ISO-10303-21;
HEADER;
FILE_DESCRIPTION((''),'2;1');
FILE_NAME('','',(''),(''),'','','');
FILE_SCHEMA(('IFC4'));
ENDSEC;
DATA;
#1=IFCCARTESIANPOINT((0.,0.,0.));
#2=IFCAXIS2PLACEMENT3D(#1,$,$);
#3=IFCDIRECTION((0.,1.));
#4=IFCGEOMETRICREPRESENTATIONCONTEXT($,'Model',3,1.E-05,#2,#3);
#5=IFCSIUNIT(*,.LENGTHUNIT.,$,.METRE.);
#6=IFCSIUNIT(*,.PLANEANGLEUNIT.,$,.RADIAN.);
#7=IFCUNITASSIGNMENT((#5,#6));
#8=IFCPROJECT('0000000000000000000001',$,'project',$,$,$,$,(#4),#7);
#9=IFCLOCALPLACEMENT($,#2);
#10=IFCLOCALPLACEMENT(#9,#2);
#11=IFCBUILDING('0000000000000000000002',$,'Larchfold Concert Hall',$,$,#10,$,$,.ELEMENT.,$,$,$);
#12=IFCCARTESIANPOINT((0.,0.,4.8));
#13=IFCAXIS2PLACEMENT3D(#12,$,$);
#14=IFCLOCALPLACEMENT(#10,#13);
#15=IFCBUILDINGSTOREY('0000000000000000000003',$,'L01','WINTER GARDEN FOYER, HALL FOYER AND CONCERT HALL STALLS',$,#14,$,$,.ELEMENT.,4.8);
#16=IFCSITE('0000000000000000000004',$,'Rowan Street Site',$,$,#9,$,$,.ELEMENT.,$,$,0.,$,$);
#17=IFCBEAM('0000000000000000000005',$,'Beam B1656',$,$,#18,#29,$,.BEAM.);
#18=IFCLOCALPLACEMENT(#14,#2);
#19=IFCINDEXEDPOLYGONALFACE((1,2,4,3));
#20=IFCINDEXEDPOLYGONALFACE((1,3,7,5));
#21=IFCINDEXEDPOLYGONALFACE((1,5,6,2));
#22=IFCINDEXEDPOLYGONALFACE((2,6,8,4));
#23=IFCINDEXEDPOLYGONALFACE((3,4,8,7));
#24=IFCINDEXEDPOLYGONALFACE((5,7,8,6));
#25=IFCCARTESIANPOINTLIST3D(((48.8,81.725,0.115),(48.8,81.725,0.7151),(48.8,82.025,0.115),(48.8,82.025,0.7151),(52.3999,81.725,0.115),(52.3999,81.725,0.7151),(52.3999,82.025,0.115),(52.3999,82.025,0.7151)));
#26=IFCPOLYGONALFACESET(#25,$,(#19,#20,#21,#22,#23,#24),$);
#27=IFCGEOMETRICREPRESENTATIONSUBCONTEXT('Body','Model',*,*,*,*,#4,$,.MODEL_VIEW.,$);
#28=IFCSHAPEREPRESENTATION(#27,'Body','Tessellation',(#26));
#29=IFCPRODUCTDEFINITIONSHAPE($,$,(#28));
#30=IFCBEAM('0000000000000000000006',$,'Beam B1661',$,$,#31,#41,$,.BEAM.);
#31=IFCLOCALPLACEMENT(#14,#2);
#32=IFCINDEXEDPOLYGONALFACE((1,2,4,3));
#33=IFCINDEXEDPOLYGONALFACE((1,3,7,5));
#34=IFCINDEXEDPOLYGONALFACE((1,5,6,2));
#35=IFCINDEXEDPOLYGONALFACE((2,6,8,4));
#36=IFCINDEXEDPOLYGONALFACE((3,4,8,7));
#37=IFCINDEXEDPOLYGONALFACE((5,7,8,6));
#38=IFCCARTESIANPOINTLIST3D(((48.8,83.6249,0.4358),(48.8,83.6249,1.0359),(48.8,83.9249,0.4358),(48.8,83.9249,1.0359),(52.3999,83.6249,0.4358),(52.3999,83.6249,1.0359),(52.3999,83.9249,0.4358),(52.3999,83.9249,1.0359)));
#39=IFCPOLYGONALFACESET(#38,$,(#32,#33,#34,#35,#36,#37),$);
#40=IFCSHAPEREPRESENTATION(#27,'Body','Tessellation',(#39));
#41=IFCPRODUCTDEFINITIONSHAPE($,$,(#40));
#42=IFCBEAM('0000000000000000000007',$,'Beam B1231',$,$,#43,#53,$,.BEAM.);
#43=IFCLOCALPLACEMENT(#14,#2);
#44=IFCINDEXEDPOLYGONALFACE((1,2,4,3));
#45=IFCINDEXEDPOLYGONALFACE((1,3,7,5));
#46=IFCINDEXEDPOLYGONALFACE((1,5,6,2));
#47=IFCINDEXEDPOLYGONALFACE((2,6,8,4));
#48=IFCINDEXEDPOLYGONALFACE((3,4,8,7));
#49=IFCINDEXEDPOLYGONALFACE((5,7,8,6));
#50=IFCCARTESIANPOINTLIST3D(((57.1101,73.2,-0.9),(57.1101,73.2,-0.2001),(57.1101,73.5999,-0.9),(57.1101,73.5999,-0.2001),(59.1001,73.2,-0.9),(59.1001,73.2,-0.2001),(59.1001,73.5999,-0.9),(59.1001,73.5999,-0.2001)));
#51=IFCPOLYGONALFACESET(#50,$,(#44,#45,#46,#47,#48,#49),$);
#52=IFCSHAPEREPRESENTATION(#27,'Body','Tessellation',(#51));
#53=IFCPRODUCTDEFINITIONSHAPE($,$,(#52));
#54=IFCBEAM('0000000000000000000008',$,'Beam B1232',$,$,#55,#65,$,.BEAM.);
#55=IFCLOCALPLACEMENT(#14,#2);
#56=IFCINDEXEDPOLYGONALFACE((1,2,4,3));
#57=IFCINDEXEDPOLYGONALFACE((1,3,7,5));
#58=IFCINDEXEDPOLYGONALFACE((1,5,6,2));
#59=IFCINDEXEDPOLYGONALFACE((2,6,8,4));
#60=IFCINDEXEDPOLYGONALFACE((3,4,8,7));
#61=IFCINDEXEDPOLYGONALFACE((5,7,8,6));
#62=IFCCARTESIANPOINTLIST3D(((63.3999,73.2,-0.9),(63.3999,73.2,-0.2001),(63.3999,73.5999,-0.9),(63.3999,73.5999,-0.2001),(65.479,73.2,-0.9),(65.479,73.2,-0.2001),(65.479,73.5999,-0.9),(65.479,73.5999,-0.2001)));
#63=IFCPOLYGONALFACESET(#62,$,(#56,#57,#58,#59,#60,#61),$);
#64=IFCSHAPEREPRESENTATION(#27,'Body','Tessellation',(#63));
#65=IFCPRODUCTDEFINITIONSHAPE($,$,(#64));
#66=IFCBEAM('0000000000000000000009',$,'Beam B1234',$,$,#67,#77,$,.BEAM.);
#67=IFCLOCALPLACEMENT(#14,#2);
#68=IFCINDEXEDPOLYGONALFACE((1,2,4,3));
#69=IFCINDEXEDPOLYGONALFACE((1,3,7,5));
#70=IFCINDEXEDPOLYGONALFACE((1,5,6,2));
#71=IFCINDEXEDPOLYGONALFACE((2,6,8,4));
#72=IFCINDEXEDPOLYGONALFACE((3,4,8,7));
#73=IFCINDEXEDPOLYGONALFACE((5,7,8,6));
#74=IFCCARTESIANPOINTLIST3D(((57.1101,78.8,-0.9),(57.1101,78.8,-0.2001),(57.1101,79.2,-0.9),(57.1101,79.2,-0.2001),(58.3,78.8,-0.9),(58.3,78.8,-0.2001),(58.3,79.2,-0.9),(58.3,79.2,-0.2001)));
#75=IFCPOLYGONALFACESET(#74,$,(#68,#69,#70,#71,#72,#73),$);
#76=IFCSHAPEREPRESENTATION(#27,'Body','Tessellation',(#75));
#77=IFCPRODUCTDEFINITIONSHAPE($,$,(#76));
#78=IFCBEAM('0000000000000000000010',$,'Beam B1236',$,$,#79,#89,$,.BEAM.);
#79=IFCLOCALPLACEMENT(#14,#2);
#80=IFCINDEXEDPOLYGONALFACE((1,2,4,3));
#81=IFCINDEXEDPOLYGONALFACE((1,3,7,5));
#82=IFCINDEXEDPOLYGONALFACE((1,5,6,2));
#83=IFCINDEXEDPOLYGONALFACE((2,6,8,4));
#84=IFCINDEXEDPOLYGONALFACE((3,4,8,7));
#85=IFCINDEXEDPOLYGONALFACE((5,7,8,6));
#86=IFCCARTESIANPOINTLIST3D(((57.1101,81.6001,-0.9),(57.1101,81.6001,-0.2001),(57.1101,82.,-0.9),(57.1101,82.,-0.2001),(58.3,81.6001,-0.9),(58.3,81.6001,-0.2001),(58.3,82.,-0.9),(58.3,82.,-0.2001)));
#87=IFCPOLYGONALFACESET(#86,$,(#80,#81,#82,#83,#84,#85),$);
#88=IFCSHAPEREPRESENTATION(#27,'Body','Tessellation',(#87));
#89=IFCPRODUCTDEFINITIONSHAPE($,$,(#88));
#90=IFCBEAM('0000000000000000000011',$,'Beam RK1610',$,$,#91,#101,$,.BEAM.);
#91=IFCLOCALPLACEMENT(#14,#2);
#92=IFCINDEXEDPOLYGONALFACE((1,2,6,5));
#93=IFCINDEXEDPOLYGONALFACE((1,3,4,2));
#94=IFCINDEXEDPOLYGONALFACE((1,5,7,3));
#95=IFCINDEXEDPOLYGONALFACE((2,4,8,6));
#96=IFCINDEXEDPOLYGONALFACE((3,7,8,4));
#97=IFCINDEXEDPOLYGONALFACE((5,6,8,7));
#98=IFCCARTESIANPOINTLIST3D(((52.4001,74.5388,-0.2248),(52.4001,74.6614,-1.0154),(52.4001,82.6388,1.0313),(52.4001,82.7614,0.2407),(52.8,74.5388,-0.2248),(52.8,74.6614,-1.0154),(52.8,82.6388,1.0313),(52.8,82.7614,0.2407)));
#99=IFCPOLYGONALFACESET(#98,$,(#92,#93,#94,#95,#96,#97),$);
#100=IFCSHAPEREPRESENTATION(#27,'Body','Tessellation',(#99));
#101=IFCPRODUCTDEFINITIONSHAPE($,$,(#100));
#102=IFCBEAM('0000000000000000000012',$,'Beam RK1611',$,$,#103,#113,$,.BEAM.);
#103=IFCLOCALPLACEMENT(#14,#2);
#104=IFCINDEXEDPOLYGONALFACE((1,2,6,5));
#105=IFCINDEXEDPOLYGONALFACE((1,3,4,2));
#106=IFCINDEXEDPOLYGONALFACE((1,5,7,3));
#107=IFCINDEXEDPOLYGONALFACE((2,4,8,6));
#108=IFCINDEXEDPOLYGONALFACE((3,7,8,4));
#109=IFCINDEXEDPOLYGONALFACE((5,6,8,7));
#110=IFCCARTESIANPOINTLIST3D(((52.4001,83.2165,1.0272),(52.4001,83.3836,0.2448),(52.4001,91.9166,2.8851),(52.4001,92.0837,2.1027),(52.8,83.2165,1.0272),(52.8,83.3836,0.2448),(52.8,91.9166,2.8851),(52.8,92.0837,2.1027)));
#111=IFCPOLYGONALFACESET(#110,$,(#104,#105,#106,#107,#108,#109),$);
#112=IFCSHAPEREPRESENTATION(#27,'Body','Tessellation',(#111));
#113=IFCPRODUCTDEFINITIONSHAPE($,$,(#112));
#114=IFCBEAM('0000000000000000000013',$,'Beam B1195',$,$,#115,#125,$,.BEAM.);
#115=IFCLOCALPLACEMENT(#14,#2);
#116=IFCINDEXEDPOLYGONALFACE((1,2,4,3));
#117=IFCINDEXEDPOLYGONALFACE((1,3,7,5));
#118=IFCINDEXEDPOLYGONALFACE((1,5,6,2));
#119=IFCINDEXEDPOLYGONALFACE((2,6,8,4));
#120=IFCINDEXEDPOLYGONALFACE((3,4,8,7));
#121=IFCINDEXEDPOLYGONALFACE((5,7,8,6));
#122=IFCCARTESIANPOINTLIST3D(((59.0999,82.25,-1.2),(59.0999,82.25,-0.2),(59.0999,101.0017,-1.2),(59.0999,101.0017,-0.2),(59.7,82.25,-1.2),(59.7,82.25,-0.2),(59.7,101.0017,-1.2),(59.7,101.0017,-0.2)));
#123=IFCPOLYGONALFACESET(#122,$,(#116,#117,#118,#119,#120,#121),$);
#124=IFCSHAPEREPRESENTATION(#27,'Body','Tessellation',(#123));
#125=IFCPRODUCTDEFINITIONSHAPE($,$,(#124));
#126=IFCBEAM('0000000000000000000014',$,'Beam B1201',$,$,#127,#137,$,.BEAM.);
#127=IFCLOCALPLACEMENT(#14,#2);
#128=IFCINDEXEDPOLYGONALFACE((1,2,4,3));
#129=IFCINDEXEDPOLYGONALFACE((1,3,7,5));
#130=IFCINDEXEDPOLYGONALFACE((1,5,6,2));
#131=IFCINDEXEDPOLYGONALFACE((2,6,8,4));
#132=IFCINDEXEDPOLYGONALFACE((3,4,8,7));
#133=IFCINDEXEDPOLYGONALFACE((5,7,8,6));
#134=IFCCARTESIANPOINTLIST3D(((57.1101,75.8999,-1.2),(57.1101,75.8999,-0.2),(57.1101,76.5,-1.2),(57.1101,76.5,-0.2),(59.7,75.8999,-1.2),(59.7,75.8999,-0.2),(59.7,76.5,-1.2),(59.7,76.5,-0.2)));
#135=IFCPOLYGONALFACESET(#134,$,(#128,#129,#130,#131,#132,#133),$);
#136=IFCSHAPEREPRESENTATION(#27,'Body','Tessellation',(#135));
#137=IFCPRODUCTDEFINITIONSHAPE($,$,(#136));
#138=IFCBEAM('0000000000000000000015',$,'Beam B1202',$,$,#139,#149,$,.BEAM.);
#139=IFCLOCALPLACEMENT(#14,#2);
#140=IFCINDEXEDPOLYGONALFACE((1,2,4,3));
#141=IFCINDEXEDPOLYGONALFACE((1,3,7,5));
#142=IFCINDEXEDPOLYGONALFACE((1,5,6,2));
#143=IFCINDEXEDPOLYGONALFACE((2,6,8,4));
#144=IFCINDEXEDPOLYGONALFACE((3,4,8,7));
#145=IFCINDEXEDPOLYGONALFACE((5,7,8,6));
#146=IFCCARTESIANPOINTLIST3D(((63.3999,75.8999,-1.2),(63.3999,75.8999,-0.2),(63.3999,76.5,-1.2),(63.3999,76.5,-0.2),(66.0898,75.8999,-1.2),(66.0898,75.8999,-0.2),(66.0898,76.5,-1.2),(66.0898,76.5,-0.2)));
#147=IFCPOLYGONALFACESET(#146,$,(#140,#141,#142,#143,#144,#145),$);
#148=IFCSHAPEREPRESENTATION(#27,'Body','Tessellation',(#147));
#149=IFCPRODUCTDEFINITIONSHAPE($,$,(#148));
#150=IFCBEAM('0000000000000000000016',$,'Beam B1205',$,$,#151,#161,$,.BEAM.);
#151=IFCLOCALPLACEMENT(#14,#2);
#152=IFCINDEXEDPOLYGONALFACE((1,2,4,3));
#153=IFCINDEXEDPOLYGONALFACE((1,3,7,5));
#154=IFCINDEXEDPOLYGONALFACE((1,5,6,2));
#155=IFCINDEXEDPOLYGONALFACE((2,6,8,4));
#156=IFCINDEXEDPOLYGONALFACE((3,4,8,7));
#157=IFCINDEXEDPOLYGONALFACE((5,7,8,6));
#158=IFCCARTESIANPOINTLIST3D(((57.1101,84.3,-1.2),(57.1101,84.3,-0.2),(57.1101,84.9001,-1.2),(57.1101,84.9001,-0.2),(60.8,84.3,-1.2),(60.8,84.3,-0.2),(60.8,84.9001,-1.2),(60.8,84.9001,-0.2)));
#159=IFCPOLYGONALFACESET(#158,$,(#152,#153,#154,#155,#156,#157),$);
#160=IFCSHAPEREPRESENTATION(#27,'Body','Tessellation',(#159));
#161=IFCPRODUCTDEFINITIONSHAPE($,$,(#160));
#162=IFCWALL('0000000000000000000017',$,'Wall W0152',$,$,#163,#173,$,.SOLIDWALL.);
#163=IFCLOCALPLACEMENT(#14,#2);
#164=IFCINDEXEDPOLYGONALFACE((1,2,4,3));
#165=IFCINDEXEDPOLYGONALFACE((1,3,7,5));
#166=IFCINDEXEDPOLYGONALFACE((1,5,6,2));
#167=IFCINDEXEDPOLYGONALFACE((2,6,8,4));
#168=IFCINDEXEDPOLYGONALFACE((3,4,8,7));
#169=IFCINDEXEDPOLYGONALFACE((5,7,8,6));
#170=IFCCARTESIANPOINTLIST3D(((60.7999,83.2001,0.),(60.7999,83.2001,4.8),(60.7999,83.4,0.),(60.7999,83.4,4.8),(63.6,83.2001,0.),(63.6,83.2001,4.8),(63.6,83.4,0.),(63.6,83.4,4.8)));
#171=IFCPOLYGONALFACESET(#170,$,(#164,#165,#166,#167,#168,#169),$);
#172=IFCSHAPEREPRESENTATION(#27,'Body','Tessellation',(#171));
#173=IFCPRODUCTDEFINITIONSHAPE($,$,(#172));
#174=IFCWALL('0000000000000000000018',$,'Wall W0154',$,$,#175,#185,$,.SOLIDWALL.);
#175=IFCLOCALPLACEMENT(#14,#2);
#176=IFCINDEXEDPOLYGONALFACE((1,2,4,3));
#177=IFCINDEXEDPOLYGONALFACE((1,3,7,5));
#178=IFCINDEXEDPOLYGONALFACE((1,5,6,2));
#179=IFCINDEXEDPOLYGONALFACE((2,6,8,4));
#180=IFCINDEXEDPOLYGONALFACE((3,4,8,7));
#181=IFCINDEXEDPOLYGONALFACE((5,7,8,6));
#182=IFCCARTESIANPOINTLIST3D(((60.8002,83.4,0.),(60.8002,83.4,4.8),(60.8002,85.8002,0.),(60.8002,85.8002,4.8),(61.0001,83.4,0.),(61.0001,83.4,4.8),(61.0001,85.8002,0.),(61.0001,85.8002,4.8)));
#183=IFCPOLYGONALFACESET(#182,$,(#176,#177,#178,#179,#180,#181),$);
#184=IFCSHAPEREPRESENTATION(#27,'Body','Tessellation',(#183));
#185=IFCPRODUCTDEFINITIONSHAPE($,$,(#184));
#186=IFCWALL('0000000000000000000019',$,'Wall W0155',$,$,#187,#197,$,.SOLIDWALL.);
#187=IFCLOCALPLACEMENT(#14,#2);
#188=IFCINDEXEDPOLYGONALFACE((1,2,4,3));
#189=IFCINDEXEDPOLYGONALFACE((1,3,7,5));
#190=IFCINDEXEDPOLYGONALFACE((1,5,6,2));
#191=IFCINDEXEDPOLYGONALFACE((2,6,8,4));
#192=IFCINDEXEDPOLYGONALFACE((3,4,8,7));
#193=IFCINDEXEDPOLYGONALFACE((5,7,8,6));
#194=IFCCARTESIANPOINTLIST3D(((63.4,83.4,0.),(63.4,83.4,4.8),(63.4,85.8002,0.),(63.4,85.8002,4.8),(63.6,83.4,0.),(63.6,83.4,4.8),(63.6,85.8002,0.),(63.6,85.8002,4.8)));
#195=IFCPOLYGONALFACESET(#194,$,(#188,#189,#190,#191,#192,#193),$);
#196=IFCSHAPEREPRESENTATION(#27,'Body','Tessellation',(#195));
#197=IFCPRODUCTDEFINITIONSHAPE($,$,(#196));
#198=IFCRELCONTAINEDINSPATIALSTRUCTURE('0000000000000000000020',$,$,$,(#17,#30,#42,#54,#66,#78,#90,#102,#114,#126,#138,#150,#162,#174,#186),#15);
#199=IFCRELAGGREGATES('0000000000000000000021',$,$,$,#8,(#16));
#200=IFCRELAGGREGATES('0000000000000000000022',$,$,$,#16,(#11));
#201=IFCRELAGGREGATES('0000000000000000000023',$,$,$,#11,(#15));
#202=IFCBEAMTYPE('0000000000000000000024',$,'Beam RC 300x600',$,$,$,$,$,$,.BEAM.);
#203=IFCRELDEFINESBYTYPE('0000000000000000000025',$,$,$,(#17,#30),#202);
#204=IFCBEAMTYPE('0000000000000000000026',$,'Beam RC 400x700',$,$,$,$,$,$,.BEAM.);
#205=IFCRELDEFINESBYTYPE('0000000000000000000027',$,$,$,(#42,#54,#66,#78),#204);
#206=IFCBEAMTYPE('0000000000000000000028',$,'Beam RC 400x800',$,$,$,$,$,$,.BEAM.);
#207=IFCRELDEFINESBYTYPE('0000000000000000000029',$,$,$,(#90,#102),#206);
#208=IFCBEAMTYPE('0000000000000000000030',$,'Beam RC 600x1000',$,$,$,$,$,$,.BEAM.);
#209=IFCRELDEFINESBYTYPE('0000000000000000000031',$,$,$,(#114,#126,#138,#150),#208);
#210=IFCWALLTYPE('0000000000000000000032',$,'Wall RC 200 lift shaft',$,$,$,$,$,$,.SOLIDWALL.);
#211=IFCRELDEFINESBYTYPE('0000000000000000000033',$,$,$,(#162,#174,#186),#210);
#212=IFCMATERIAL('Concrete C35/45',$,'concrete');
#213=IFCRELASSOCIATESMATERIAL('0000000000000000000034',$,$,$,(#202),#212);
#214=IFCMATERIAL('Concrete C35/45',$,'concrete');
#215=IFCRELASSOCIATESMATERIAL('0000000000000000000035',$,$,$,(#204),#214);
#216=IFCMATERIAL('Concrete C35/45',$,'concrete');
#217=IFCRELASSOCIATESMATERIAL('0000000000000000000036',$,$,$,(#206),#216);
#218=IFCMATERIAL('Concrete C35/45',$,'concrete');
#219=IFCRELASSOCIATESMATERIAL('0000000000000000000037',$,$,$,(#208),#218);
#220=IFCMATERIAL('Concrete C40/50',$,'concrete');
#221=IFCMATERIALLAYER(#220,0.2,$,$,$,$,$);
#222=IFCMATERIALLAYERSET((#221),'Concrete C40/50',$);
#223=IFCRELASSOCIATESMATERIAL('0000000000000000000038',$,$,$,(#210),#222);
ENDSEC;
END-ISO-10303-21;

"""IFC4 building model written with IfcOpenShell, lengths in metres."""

from ifc_helpers import new_model, si_unit, direction, frame, frame_2d, origin, origin_2d, place, context, subcontext, project, spatial, rectangle, extrude, material, layer, layer_set, material_profile, profile_set, type_object, element, save


model = new_model("IFC4")

# Units and contexts
model_context = context("Model", 3, precision=1e-05, world=origin(), true_north=direction((0.0, 1.0)))
body_context = subcontext(model_context, "Body", "Model", "MODEL_VIEW")
ifc_project = project(units=[si_unit("LENGTHUNIT", "METRE"), si_unit("PLANEANGLEUNIT", "RADIAN")], contexts=[model_context])

# Site, building, storey
site_placement = place(None, origin())
site = spatial("IfcSite", under=ifc_project, at=site_placement, Name="Rowan Street Site", CompositionType="ELEMENT", RefElevation=0.0)
building_placement = place(site_placement, origin())
building = spatial("IfcBuilding", under=site, at=building_placement, Name="Larchfold Concert Hall", CompositionType="ELEMENT")
storey_placement = place(building_placement, frame((0.0, 0.0, 4.8)))
storey = spatial("IfcBuildingStorey", under=building, at=storey_placement, Name="L01", Description="WINTER GARDEN FOYER, HALL FOYER AND CONCERT HALL STALLS", CompositionType="ELEMENT", Elevation=4.8)

# Beams
ifc_material_1 = material(Name="Concrete C35/45", Category="concrete")
ifc_material_profile_1 = material_profile(ifc_material_1, rectangle(XDim=0.3, YDim=0.6001, at=origin_2d()))
ifc_profile_set_1 = profile_set([ifc_material_profile_1], Name="Concrete C35/45")
beam_type_1 = type_object("IfcBeamType", Name="Beam RC 300x600", PredefinedType="BEAM", material=ifc_profile_set_1)
for number, where, z_axis, x_axis, name in (
    (1, (48.8, 81.875, 0.415), (1.0, 0.0, 0.0), (0.0, 1.0, 0.0), "Beam B1656"),
    (2, (48.8, 83.7749, 0.7358), (1.0, 0.0, 0.0), (0.0, 1.0, 0.0), "Beam B1661"),
):
    element("IfcBeam", number, at=place(storey_placement, frame(where, z_axis=z_axis, x_axis=x_axis)), inside=storey, type_object=beam_type_1, Name=name, PredefinedType="BEAM", context=body_context, shape_type="SweptSolid", body=[
        extrude(rectangle(XDim=0.3, YDim=0.6001, at=origin_2d()), origin(), (0.0, 0.0, 1.0), 3.5999),
    ])
ifc_material_2 = material(Name="Concrete C35/45", Category="concrete")
ifc_material_profile_2 = material_profile(ifc_material_2, rectangle(XDim=0.3999, YDim=0.7, at=origin_2d()))
ifc_profile_set_2 = profile_set([ifc_material_profile_2], Name="Concrete C35/45")
beam_type_2 = type_object("IfcBeamType", Name="Beam RC 400x700", PredefinedType="BEAM", material=ifc_profile_set_2)
beam_1_placement = place(storey_placement, frame((57.1101, 73.3999, -0.55), z_axis=(1.0, 0.0, 0.0), x_axis=(0.0, 1.0, 0.0)))
element("IfcBeam", 3, at=beam_1_placement, inside=storey, type_object=beam_type_2, Name="Beam B1231", PredefinedType="BEAM", context=body_context, shape_type="SweptSolid", body=[
    extrude(rectangle(XDim=0.3999, YDim=0.7, at=origin_2d()), origin(), (0.0, 0.0, 1.0), 1.99),
])
beam_2_placement = place(storey_placement, frame((63.3999, 73.3999, -0.55), z_axis=(1.0, 0.0, 0.0), x_axis=(0.0, 1.0, 0.0)))
element("IfcBeam", 4, at=beam_2_placement, inside=storey, type_object=beam_type_2, Name="Beam B1232", PredefinedType="BEAM", context=body_context, shape_type="SweptSolid", body=[
    extrude(rectangle(XDim=0.3999, YDim=0.7, at=origin_2d()), origin(), (0.0, 0.0, 1.0), 2.0791),
])
for number, where, z_axis, x_axis, name in (
    (5, (57.1101, 79.0, -0.55), (1.0, 0.0, 0.0), (0.0, 1.0, 0.0), "Beam B1234"),
    (6, (57.1101, 81.8, -0.55), (1.0, 0.0, 0.0), (0.0, 1.0, 0.0), "Beam B1236"),
):
    element("IfcBeam", number, at=place(storey_placement, frame(where, z_axis=z_axis, x_axis=x_axis)), inside=storey, type_object=beam_type_2, Name=name, PredefinedType="BEAM", context=body_context, shape_type="SweptSolid", body=[
        extrude(rectangle(XDim=0.3999, YDim=0.7, at=origin_2d()), origin(), (0.0, 0.0, 1.0), 1.1899),
    ])
ifc_material_3 = material(Name="Concrete C35/45", Category="concrete")
ifc_material_profile_3 = material_profile(ifc_material_3, rectangle(XDim=0.3999, YDim=0.8, at=origin_2d()))
ifc_profile_set_3 = profile_set([ifc_material_profile_3], Name="Concrete C35/45")
beam_type_3 = type_object("IfcBeamType", Name="Beam RC 400x800", PredefinedType="BEAM", material=ifc_profile_set_3)
beam_3_placement = place(storey_placement, frame((52.6001, 74.6001, -0.6201), z_axis=(0.0, 0.988188, 0.153246), x_axis=(-1.0, 0.0, 0.0)))
element("IfcBeam", 7, at=beam_3_placement, inside=storey, type_object=beam_type_3, Name="Beam RK1610", PredefinedType="BEAM", context=body_context, shape_type="SweptSolid", body=[
    extrude(rectangle(XDim=0.3999, YDim=0.8, at=origin_2d()), origin(), (0.0, 0.0, 1.0), 8.1968),
])
beam_4_placement = place(storey_placement, frame((52.6001, 83.3, 0.636), z_axis=(0.0, 0.977949, 0.208845), x_axis=(-1.0, 0.0, 0.0)))
element("IfcBeam", 8, at=beam_4_placement, inside=storey, type_object=beam_type_3, Name="Beam RK1611", PredefinedType="BEAM", context=body_context, shape_type="SweptSolid", body=[
    extrude(rectangle(XDim=0.3999, YDim=0.8, at=origin_2d()), origin(), (0.0, 0.0, 1.0), 8.8962),
])
ifc_material_4 = material(Name="Concrete C35/45", Category="concrete")
ifc_material_profile_4 = material_profile(ifc_material_4, rectangle(XDim=0.6001, YDim=1.0, at=origin_2d()))
ifc_profile_set_4 = profile_set([ifc_material_profile_4], Name="Concrete C35/45")
beam_type_4 = type_object("IfcBeamType", Name="Beam RC 600x1000", PredefinedType="BEAM", material=ifc_profile_set_4)
beam_5_placement = place(storey_placement, frame((59.3999, 82.25, -0.7), z_axis=(0.0, 1.0, 0.0), x_axis=(-1.0, 0.0, 0.0)))
element("IfcBeam", 9, at=beam_5_placement, inside=storey, type_object=beam_type_4, Name="Beam B1195", PredefinedType="BEAM", context=body_context, shape_type="SweptSolid", body=[
    extrude(rectangle(XDim=0.6001, YDim=1.0, at=origin_2d()), origin(), (0.0, 0.0, 1.0), 18.7517),
])
beam_6_placement = place(storey_placement, frame((57.1101, 76.2, -0.7), z_axis=(1.0, 0.0, 0.0), x_axis=(0.0, 1.0, 0.0)))
element("IfcBeam", 10, at=beam_6_placement, inside=storey, type_object=beam_type_4, Name="Beam B1201", PredefinedType="BEAM", context=body_context, shape_type="SweptSolid", body=[
    extrude(rectangle(XDim=0.6001, YDim=1.0, at=origin_2d()), origin(), (0.0, 0.0, 1.0), 2.5898),
])
beam_7_placement = place(storey_placement, frame((63.3999, 76.2, -0.7), z_axis=(1.0, 0.0, 0.0), x_axis=(0.0, 1.0, 0.0)))
element("IfcBeam", 11, at=beam_7_placement, inside=storey, type_object=beam_type_4, Name="Beam B1202", PredefinedType="BEAM", context=body_context, shape_type="SweptSolid", body=[
    extrude(rectangle(XDim=0.6001, YDim=1.0, at=origin_2d()), origin(), (0.0, 0.0, 1.0), 2.6899),
])
beam_8_placement = place(storey_placement, frame((57.1101, 84.6001, -0.7), z_axis=(1.0, 0.0, 0.0), x_axis=(0.0, 1.0, 0.0)))
element("IfcBeam", 12, at=beam_8_placement, inside=storey, type_object=beam_type_4, Name="Beam B1205", PredefinedType="BEAM", context=body_context, shape_type="SweptSolid", body=[
    extrude(rectangle(XDim=0.6001, YDim=1.0, at=origin_2d()), origin(), (0.0, 0.0, 1.0), 3.6899),
])

# Walls
ifc_material_5 = material(Name="Concrete C40/50", Category="concrete")
ifc_layer_1 = layer(ifc_material_5, 0.2)
ifc_layer_set_1 = layer_set([ifc_layer_1], Name="Concrete C40/50")
wall_type_1 = type_object("IfcWallType", Name="Wall RC 200 lift shaft", PredefinedType="SOLIDWALL", material=ifc_layer_set_1)
wall_1_placement = place(storey_placement, frame((60.8, 83.3, 0.0), z_axis=(0.0, 0.0, 1.0), x_axis=(1.0, 0.0, 0.0)))
element("IfcWall", 13, at=wall_1_placement, inside=storey, type_object=wall_type_1, Name="Wall W0152", PredefinedType="SOLIDWALL", context=body_context, shape_type="SweptSolid", body=[
    extrude(rectangle(XDim=2.8, YDim=0.2, at=frame_2d((1.3999, 0.0))), origin(), (0.0, 0.0, 1.0), 4.8),
])
for number, where, z_axis, x_axis, name in (
    (14, (60.9001, 83.3999, 0.0), (0.0, 0.0, 1.0), (0.0, 1.0, 0.0), "Wall W0154"),
    (15, (63.5, 83.3999, 0.0), (0.0, 0.0, 1.0), (0.0, 1.0, 0.0), "Wall W0155"),
):
    element("IfcWall", number, at=place(storey_placement, frame(where, z_axis=z_axis, x_axis=x_axis)), inside=storey, type_object=wall_type_1, Name=name, PredefinedType="SOLIDWALL", context=body_context, shape_type="SweptSolid", body=[
        extrude(rectangle(XDim=2.4001, YDim=0.2, at=frame_2d((1.2002, 0.0))), origin(), (0.0, 0.0, 1.0), 4.8),
    ])

save(model, "model.ifc")
